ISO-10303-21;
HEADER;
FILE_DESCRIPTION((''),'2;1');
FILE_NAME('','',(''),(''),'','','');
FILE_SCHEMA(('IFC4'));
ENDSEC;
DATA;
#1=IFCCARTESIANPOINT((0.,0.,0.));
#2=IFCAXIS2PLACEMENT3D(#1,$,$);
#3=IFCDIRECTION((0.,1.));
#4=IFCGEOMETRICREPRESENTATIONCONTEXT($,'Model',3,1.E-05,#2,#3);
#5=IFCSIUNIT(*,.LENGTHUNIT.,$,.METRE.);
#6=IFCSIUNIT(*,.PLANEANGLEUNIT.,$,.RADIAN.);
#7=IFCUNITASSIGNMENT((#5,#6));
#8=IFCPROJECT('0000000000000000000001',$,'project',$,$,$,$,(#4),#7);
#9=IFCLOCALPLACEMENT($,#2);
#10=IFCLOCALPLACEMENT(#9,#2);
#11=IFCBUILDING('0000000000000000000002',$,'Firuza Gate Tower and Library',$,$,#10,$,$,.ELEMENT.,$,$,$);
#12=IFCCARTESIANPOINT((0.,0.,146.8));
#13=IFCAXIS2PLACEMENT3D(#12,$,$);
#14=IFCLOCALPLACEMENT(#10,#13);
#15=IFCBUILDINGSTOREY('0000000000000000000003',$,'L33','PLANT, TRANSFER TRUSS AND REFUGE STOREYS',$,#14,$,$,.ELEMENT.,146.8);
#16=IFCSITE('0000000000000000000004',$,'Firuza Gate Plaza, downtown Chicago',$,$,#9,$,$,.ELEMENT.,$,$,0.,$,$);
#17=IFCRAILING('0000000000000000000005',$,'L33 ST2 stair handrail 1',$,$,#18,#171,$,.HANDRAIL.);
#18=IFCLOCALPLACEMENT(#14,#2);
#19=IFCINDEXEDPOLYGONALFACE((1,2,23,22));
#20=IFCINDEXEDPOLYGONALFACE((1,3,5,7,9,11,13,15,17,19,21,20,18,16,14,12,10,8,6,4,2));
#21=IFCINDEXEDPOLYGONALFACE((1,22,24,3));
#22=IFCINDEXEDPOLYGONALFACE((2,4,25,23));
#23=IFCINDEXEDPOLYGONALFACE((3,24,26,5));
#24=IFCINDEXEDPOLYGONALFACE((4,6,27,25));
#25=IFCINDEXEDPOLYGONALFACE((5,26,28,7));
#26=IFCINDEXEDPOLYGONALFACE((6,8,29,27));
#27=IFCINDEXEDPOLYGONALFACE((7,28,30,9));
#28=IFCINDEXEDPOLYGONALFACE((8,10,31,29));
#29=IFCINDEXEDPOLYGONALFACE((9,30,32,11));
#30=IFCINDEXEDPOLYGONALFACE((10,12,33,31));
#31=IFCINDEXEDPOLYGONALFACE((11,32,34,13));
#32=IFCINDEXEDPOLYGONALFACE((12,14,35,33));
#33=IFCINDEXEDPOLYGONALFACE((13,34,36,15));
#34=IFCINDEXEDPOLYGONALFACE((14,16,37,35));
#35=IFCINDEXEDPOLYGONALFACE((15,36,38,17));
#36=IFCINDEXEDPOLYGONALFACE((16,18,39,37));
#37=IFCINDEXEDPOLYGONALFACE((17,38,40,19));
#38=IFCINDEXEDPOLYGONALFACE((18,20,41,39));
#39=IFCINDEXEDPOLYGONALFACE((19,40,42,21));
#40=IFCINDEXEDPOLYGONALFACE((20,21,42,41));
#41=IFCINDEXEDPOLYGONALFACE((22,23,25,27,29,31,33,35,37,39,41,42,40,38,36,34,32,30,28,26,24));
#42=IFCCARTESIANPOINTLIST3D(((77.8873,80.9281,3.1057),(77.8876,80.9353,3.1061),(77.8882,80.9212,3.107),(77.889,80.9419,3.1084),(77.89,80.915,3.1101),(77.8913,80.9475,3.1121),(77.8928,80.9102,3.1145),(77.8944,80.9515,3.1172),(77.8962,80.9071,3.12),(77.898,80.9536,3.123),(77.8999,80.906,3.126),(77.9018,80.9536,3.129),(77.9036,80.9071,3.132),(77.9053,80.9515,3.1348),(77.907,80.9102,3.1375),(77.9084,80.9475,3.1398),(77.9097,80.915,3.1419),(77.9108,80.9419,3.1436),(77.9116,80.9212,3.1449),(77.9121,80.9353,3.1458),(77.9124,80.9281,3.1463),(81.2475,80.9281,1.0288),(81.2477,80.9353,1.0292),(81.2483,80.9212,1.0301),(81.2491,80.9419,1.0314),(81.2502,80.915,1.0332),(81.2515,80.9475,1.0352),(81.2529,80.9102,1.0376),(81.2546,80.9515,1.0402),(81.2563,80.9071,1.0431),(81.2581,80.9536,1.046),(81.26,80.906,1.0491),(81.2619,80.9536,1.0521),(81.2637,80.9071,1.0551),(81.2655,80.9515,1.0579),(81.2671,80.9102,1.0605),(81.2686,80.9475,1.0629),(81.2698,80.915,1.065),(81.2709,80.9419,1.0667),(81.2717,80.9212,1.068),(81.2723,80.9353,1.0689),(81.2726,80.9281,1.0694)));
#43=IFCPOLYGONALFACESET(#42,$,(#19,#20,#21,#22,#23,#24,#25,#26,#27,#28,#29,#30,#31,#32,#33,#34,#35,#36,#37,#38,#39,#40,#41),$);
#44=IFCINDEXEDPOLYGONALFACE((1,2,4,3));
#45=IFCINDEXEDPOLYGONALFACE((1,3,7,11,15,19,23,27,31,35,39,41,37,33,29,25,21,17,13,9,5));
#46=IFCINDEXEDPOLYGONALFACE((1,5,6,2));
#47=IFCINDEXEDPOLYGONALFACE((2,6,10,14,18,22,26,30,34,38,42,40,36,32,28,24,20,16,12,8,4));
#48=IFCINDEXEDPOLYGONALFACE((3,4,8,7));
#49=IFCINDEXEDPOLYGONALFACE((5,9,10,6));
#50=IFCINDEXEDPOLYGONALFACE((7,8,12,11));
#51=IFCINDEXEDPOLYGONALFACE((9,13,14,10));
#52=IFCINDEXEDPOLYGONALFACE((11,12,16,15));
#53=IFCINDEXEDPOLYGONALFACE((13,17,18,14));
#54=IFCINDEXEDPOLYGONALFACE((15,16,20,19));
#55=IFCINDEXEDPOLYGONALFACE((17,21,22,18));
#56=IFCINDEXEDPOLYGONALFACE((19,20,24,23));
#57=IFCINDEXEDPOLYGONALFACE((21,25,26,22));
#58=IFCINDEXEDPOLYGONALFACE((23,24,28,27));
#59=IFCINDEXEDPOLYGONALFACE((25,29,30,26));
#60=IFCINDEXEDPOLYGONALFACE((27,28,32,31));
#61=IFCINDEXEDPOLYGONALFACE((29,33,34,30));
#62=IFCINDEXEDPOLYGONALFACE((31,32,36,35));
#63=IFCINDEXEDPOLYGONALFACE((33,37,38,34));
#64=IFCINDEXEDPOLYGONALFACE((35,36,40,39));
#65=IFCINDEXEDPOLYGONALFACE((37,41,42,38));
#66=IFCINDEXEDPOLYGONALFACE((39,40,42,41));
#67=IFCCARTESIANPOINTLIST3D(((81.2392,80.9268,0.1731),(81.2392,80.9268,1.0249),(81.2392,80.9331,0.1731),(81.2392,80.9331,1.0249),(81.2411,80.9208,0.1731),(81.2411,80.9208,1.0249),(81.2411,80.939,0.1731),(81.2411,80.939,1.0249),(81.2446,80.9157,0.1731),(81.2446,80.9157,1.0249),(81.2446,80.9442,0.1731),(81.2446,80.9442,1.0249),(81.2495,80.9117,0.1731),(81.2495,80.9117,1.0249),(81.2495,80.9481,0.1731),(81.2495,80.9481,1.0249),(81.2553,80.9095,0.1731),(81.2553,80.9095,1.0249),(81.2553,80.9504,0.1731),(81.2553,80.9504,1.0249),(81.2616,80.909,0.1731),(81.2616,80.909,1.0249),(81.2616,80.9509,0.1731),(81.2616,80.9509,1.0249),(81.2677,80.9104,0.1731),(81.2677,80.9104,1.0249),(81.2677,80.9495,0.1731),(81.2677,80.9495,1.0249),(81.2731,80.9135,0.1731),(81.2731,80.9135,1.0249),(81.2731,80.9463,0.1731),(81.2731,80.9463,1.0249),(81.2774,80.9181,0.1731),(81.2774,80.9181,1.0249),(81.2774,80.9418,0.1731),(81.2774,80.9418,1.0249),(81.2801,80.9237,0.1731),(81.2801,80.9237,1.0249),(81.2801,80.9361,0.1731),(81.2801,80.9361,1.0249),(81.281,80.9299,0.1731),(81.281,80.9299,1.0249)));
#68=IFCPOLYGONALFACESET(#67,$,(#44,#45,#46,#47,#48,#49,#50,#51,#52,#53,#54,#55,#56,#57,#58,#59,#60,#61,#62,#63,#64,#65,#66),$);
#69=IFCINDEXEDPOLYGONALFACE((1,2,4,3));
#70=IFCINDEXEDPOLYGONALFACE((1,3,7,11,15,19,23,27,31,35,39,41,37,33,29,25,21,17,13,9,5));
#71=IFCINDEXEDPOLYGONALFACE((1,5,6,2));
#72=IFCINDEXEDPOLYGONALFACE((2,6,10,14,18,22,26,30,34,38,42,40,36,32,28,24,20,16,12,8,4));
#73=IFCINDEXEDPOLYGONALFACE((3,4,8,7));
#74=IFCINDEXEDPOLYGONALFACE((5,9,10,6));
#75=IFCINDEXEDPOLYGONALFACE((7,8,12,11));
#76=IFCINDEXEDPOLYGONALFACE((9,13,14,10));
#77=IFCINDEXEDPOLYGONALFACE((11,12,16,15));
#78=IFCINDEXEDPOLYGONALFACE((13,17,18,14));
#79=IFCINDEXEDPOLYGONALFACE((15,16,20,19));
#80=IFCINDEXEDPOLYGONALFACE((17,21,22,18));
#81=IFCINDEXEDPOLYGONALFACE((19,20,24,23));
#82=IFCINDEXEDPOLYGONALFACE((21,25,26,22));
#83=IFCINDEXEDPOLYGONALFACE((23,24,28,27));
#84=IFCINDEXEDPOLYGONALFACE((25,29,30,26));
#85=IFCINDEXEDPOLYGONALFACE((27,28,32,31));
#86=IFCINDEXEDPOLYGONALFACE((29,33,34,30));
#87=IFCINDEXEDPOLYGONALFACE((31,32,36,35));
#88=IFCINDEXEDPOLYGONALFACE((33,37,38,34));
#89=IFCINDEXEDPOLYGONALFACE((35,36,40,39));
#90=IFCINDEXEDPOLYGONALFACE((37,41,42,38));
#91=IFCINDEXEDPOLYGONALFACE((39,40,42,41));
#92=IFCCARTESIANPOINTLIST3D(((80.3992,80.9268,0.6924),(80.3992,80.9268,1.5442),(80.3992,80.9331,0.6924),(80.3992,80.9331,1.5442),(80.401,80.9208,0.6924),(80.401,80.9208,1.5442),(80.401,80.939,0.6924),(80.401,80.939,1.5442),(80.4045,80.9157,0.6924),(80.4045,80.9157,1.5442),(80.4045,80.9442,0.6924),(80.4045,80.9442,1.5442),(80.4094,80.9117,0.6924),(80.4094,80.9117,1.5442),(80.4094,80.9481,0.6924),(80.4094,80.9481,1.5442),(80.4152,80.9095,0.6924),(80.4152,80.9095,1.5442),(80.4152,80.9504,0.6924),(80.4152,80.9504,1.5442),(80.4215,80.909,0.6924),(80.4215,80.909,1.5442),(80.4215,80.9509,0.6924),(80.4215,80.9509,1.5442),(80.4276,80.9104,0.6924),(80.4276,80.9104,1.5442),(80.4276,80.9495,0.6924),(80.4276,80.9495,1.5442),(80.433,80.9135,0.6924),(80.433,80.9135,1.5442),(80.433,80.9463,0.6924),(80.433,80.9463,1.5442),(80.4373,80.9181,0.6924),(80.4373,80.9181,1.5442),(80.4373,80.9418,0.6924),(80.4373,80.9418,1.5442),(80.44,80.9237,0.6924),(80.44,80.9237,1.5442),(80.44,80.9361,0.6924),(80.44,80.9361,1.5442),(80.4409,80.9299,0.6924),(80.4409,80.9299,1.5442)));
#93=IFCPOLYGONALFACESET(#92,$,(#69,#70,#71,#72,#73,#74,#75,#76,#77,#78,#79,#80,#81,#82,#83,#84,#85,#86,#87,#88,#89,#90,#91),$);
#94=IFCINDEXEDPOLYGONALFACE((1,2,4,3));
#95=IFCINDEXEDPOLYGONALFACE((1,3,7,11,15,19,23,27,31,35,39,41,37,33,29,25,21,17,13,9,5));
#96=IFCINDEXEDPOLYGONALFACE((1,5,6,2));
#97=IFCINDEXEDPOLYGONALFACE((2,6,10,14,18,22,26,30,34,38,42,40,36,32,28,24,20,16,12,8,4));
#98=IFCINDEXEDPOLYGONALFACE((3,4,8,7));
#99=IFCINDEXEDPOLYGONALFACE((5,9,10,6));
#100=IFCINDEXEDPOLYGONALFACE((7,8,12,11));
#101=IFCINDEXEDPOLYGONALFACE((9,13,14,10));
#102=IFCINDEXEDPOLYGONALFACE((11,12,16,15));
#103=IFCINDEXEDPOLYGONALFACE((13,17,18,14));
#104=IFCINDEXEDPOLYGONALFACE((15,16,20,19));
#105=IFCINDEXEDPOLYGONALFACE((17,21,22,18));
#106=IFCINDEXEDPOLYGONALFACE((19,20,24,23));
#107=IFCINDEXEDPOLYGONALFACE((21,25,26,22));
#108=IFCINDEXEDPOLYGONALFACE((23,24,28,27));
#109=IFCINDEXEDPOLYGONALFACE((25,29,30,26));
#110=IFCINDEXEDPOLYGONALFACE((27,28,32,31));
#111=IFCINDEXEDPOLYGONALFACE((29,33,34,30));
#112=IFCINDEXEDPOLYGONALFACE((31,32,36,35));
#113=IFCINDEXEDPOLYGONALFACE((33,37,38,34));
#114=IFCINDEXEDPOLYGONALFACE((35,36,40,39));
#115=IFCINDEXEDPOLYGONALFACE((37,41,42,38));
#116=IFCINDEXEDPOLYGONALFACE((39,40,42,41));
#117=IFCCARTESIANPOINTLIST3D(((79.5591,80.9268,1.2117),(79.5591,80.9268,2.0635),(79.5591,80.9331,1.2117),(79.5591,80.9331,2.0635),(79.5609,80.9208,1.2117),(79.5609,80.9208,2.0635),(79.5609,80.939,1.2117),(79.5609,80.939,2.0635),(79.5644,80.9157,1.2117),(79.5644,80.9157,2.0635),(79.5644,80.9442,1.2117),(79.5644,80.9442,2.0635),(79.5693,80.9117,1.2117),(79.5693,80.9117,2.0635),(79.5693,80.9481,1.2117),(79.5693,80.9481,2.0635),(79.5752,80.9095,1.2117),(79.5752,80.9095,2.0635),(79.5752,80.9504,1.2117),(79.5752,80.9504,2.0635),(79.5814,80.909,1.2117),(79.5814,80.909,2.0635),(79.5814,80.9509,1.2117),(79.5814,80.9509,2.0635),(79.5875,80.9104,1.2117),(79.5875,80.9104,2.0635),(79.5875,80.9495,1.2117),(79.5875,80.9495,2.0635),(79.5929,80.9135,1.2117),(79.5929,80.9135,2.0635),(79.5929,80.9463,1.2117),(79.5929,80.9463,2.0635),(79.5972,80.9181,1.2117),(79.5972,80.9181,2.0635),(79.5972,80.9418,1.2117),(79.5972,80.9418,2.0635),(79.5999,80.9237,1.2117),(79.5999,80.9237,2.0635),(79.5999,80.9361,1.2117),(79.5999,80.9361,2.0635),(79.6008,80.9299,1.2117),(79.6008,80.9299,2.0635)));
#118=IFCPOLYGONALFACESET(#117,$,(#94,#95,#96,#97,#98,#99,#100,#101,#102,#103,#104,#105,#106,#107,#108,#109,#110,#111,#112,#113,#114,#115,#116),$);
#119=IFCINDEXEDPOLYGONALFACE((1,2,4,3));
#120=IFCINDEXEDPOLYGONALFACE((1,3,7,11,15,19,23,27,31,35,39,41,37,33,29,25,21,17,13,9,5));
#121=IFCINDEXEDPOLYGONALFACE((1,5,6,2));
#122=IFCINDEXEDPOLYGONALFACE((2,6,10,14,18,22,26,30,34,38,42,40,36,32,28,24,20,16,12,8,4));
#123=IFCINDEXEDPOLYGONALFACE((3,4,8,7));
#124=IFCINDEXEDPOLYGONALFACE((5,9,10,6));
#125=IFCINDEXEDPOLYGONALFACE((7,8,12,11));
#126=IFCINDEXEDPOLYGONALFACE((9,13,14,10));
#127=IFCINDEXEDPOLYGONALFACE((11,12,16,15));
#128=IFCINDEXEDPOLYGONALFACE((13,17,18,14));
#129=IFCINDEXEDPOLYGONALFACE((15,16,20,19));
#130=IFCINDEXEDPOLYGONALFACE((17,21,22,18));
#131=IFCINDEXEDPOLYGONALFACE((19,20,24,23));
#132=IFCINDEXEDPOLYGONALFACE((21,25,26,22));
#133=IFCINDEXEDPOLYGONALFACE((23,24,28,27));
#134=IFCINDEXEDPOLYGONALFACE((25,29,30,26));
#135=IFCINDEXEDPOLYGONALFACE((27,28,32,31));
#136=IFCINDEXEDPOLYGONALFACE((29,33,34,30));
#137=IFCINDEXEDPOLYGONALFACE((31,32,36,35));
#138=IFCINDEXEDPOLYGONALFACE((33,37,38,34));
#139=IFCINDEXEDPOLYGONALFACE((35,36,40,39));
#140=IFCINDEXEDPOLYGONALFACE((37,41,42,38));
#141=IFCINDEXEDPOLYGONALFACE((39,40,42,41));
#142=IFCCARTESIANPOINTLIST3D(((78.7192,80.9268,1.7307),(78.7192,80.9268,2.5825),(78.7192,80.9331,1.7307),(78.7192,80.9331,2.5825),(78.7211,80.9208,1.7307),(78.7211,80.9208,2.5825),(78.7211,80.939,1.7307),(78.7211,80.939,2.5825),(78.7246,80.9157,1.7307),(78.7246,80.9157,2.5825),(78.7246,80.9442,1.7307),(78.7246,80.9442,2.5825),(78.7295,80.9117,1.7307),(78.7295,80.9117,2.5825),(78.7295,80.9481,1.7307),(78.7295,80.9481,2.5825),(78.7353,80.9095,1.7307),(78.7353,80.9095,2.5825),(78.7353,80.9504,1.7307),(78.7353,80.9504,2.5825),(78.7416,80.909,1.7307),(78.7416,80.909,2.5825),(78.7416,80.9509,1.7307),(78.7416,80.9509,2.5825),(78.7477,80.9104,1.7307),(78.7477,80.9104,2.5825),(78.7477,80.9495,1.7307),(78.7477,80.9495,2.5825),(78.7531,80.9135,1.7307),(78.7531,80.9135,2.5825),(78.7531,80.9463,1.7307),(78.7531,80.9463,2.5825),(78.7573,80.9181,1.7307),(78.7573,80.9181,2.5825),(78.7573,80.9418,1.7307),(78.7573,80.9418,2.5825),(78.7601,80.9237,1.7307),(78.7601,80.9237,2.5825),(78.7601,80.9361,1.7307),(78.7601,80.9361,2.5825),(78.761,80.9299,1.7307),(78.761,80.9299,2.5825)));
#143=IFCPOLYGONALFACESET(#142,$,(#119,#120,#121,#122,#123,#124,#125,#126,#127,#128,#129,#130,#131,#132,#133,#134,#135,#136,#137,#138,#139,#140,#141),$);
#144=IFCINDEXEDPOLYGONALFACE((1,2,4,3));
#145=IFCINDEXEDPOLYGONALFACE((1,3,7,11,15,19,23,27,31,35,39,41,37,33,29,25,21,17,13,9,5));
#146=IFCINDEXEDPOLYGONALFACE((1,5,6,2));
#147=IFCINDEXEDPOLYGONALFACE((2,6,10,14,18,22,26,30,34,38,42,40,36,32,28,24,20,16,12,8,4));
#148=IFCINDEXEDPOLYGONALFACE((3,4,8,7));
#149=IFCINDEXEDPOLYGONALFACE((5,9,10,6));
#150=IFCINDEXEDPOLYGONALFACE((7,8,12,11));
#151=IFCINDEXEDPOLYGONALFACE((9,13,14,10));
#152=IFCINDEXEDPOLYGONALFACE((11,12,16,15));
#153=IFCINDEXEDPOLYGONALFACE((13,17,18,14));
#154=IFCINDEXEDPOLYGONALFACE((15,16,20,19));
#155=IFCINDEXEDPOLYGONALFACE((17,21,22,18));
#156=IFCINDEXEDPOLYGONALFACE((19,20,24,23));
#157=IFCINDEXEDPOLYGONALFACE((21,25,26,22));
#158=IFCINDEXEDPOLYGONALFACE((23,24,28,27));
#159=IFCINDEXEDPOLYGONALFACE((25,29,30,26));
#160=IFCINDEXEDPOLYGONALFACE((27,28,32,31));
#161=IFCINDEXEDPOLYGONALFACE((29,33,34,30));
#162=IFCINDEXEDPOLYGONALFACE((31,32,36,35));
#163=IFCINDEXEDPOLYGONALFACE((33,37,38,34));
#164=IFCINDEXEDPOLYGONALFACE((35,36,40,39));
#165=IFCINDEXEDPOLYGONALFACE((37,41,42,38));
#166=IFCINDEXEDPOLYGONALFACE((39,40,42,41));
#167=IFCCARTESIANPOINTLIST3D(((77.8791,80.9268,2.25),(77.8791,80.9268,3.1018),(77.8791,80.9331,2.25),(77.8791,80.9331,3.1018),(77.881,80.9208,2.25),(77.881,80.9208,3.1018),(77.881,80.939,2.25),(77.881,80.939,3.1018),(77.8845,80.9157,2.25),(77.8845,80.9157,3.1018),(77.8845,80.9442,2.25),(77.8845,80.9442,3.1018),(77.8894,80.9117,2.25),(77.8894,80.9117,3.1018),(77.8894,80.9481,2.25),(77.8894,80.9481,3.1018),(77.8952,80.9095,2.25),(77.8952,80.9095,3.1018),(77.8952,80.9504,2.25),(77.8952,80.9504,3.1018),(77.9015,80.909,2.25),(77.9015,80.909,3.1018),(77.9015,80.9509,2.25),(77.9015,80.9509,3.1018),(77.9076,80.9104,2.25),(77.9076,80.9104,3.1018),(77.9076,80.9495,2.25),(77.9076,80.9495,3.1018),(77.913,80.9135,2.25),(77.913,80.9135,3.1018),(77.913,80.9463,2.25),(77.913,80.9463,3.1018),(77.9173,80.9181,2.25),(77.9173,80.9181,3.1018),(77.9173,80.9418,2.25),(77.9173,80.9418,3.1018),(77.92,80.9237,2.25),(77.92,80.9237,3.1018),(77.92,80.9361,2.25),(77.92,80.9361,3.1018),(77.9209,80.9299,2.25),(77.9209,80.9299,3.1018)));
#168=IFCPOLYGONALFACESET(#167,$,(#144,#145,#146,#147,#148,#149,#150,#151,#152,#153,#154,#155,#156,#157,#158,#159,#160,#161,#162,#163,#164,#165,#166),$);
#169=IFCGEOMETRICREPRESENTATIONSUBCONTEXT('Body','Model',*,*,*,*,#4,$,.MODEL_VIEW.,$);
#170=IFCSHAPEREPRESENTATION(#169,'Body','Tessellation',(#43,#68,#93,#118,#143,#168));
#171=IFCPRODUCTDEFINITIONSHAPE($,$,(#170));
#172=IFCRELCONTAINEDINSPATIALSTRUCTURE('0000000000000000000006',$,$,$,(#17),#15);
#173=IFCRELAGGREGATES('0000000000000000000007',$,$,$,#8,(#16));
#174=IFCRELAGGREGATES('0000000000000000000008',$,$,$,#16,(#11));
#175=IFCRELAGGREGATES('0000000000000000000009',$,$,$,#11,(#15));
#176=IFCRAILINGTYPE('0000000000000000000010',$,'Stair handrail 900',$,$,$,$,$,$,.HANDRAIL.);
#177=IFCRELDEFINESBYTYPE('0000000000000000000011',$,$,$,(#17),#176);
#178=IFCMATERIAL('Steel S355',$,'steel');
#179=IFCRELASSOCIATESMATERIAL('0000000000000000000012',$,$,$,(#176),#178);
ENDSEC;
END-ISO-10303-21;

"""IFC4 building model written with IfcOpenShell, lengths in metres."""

from ifc_helpers import new_model, si_unit, direction, frame, origin, origin_2d, place, context, subcontext, project, spatial, circle, extrude, material, type_object, element, save


model = new_model("IFC4")

# Units and contexts
model_context = context("Model", 3, precision=1e-05, world=origin(), true_north=direction((0.0, 1.0)))
body_context = subcontext(model_context, "Body", "Model", "MODEL_VIEW")
ifc_project = project(units=[si_unit("LENGTHUNIT", "METRE"), si_unit("PLANEANGLEUNIT", "RADIAN")], contexts=[model_context])

# Site, building, storey
site_placement = place(None, origin())
site = spatial("IfcSite", under=ifc_project, at=site_placement, Name="Firuza Gate Plaza, downtown Chicago", CompositionType="ELEMENT", RefElevation=0.0)
building_placement = place(site_placement, origin())
building = spatial("IfcBuilding", under=site, at=building_placement, Name="Firuza Gate Tower and Library", CompositionType="ELEMENT")
storey_placement = place(building_placement, frame((0.0, 0.0, 146.8)))
storey = spatial("IfcBuildingStorey", under=building, at=storey_placement, Name="L33", Description="PLANT, TRANSFER TRUSS AND REFUGE STOREYS", CompositionType="ELEMENT", Elevation=146.8)

# Railing
ifc_material_1 = material(Name="Steel S355", Category="steel")
railing_type_1 = type_object("IfcRailingType", Name="Stair handrail 900", PredefinedType="HANDRAIL", material=ifc_material_1)
railing_1_placement = place(storey_placement, frame((81.26, 80.9299, 0.1731)))
element("IfcRailing", 1, at=railing_1_placement, inside=storey, type_object=railing_type_1, Name="L33 ST2 stair handrail 1", PredefinedType="HANDRAIL", context=body_context, shape_type="SweptSolid", body=[
    extrude(circle(Radius=0.0239, at=origin_2d()), frame((0.0, 0.0, 0.876), z_axis=(-0.850623, 0.0, 0.525776), x_axis=(0.0, -1.0, 0.0)), (0.0, 0.0, 1.0), 3.9502),
    extrude(circle(Radius=0.021, at=origin_2d()), origin(), (0.0, 0.0, 1.0), 0.8518),
    extrude(circle(Radius=0.021, at=origin_2d()), frame((-0.8401, 0.0, 0.5193)), (0.0, 0.0, 1.0), 0.8518),
    extrude(circle(Radius=0.021, at=origin_2d()), frame((-1.6802, 0.0, 1.0386)), (0.0, 0.0, 1.0), 0.8518),
    extrude(circle(Radius=0.021, at=origin_2d()), frame((-2.52, 0.0, 1.5576)), (0.0, 0.0, 1.0), 0.8518),
    extrude(circle(Radius=0.021, at=origin_2d()), frame((-3.3601, 0.0, 2.0769)), (0.0, 0.0, 1.0), 0.8518),
])

save(model, "model.ifc")
